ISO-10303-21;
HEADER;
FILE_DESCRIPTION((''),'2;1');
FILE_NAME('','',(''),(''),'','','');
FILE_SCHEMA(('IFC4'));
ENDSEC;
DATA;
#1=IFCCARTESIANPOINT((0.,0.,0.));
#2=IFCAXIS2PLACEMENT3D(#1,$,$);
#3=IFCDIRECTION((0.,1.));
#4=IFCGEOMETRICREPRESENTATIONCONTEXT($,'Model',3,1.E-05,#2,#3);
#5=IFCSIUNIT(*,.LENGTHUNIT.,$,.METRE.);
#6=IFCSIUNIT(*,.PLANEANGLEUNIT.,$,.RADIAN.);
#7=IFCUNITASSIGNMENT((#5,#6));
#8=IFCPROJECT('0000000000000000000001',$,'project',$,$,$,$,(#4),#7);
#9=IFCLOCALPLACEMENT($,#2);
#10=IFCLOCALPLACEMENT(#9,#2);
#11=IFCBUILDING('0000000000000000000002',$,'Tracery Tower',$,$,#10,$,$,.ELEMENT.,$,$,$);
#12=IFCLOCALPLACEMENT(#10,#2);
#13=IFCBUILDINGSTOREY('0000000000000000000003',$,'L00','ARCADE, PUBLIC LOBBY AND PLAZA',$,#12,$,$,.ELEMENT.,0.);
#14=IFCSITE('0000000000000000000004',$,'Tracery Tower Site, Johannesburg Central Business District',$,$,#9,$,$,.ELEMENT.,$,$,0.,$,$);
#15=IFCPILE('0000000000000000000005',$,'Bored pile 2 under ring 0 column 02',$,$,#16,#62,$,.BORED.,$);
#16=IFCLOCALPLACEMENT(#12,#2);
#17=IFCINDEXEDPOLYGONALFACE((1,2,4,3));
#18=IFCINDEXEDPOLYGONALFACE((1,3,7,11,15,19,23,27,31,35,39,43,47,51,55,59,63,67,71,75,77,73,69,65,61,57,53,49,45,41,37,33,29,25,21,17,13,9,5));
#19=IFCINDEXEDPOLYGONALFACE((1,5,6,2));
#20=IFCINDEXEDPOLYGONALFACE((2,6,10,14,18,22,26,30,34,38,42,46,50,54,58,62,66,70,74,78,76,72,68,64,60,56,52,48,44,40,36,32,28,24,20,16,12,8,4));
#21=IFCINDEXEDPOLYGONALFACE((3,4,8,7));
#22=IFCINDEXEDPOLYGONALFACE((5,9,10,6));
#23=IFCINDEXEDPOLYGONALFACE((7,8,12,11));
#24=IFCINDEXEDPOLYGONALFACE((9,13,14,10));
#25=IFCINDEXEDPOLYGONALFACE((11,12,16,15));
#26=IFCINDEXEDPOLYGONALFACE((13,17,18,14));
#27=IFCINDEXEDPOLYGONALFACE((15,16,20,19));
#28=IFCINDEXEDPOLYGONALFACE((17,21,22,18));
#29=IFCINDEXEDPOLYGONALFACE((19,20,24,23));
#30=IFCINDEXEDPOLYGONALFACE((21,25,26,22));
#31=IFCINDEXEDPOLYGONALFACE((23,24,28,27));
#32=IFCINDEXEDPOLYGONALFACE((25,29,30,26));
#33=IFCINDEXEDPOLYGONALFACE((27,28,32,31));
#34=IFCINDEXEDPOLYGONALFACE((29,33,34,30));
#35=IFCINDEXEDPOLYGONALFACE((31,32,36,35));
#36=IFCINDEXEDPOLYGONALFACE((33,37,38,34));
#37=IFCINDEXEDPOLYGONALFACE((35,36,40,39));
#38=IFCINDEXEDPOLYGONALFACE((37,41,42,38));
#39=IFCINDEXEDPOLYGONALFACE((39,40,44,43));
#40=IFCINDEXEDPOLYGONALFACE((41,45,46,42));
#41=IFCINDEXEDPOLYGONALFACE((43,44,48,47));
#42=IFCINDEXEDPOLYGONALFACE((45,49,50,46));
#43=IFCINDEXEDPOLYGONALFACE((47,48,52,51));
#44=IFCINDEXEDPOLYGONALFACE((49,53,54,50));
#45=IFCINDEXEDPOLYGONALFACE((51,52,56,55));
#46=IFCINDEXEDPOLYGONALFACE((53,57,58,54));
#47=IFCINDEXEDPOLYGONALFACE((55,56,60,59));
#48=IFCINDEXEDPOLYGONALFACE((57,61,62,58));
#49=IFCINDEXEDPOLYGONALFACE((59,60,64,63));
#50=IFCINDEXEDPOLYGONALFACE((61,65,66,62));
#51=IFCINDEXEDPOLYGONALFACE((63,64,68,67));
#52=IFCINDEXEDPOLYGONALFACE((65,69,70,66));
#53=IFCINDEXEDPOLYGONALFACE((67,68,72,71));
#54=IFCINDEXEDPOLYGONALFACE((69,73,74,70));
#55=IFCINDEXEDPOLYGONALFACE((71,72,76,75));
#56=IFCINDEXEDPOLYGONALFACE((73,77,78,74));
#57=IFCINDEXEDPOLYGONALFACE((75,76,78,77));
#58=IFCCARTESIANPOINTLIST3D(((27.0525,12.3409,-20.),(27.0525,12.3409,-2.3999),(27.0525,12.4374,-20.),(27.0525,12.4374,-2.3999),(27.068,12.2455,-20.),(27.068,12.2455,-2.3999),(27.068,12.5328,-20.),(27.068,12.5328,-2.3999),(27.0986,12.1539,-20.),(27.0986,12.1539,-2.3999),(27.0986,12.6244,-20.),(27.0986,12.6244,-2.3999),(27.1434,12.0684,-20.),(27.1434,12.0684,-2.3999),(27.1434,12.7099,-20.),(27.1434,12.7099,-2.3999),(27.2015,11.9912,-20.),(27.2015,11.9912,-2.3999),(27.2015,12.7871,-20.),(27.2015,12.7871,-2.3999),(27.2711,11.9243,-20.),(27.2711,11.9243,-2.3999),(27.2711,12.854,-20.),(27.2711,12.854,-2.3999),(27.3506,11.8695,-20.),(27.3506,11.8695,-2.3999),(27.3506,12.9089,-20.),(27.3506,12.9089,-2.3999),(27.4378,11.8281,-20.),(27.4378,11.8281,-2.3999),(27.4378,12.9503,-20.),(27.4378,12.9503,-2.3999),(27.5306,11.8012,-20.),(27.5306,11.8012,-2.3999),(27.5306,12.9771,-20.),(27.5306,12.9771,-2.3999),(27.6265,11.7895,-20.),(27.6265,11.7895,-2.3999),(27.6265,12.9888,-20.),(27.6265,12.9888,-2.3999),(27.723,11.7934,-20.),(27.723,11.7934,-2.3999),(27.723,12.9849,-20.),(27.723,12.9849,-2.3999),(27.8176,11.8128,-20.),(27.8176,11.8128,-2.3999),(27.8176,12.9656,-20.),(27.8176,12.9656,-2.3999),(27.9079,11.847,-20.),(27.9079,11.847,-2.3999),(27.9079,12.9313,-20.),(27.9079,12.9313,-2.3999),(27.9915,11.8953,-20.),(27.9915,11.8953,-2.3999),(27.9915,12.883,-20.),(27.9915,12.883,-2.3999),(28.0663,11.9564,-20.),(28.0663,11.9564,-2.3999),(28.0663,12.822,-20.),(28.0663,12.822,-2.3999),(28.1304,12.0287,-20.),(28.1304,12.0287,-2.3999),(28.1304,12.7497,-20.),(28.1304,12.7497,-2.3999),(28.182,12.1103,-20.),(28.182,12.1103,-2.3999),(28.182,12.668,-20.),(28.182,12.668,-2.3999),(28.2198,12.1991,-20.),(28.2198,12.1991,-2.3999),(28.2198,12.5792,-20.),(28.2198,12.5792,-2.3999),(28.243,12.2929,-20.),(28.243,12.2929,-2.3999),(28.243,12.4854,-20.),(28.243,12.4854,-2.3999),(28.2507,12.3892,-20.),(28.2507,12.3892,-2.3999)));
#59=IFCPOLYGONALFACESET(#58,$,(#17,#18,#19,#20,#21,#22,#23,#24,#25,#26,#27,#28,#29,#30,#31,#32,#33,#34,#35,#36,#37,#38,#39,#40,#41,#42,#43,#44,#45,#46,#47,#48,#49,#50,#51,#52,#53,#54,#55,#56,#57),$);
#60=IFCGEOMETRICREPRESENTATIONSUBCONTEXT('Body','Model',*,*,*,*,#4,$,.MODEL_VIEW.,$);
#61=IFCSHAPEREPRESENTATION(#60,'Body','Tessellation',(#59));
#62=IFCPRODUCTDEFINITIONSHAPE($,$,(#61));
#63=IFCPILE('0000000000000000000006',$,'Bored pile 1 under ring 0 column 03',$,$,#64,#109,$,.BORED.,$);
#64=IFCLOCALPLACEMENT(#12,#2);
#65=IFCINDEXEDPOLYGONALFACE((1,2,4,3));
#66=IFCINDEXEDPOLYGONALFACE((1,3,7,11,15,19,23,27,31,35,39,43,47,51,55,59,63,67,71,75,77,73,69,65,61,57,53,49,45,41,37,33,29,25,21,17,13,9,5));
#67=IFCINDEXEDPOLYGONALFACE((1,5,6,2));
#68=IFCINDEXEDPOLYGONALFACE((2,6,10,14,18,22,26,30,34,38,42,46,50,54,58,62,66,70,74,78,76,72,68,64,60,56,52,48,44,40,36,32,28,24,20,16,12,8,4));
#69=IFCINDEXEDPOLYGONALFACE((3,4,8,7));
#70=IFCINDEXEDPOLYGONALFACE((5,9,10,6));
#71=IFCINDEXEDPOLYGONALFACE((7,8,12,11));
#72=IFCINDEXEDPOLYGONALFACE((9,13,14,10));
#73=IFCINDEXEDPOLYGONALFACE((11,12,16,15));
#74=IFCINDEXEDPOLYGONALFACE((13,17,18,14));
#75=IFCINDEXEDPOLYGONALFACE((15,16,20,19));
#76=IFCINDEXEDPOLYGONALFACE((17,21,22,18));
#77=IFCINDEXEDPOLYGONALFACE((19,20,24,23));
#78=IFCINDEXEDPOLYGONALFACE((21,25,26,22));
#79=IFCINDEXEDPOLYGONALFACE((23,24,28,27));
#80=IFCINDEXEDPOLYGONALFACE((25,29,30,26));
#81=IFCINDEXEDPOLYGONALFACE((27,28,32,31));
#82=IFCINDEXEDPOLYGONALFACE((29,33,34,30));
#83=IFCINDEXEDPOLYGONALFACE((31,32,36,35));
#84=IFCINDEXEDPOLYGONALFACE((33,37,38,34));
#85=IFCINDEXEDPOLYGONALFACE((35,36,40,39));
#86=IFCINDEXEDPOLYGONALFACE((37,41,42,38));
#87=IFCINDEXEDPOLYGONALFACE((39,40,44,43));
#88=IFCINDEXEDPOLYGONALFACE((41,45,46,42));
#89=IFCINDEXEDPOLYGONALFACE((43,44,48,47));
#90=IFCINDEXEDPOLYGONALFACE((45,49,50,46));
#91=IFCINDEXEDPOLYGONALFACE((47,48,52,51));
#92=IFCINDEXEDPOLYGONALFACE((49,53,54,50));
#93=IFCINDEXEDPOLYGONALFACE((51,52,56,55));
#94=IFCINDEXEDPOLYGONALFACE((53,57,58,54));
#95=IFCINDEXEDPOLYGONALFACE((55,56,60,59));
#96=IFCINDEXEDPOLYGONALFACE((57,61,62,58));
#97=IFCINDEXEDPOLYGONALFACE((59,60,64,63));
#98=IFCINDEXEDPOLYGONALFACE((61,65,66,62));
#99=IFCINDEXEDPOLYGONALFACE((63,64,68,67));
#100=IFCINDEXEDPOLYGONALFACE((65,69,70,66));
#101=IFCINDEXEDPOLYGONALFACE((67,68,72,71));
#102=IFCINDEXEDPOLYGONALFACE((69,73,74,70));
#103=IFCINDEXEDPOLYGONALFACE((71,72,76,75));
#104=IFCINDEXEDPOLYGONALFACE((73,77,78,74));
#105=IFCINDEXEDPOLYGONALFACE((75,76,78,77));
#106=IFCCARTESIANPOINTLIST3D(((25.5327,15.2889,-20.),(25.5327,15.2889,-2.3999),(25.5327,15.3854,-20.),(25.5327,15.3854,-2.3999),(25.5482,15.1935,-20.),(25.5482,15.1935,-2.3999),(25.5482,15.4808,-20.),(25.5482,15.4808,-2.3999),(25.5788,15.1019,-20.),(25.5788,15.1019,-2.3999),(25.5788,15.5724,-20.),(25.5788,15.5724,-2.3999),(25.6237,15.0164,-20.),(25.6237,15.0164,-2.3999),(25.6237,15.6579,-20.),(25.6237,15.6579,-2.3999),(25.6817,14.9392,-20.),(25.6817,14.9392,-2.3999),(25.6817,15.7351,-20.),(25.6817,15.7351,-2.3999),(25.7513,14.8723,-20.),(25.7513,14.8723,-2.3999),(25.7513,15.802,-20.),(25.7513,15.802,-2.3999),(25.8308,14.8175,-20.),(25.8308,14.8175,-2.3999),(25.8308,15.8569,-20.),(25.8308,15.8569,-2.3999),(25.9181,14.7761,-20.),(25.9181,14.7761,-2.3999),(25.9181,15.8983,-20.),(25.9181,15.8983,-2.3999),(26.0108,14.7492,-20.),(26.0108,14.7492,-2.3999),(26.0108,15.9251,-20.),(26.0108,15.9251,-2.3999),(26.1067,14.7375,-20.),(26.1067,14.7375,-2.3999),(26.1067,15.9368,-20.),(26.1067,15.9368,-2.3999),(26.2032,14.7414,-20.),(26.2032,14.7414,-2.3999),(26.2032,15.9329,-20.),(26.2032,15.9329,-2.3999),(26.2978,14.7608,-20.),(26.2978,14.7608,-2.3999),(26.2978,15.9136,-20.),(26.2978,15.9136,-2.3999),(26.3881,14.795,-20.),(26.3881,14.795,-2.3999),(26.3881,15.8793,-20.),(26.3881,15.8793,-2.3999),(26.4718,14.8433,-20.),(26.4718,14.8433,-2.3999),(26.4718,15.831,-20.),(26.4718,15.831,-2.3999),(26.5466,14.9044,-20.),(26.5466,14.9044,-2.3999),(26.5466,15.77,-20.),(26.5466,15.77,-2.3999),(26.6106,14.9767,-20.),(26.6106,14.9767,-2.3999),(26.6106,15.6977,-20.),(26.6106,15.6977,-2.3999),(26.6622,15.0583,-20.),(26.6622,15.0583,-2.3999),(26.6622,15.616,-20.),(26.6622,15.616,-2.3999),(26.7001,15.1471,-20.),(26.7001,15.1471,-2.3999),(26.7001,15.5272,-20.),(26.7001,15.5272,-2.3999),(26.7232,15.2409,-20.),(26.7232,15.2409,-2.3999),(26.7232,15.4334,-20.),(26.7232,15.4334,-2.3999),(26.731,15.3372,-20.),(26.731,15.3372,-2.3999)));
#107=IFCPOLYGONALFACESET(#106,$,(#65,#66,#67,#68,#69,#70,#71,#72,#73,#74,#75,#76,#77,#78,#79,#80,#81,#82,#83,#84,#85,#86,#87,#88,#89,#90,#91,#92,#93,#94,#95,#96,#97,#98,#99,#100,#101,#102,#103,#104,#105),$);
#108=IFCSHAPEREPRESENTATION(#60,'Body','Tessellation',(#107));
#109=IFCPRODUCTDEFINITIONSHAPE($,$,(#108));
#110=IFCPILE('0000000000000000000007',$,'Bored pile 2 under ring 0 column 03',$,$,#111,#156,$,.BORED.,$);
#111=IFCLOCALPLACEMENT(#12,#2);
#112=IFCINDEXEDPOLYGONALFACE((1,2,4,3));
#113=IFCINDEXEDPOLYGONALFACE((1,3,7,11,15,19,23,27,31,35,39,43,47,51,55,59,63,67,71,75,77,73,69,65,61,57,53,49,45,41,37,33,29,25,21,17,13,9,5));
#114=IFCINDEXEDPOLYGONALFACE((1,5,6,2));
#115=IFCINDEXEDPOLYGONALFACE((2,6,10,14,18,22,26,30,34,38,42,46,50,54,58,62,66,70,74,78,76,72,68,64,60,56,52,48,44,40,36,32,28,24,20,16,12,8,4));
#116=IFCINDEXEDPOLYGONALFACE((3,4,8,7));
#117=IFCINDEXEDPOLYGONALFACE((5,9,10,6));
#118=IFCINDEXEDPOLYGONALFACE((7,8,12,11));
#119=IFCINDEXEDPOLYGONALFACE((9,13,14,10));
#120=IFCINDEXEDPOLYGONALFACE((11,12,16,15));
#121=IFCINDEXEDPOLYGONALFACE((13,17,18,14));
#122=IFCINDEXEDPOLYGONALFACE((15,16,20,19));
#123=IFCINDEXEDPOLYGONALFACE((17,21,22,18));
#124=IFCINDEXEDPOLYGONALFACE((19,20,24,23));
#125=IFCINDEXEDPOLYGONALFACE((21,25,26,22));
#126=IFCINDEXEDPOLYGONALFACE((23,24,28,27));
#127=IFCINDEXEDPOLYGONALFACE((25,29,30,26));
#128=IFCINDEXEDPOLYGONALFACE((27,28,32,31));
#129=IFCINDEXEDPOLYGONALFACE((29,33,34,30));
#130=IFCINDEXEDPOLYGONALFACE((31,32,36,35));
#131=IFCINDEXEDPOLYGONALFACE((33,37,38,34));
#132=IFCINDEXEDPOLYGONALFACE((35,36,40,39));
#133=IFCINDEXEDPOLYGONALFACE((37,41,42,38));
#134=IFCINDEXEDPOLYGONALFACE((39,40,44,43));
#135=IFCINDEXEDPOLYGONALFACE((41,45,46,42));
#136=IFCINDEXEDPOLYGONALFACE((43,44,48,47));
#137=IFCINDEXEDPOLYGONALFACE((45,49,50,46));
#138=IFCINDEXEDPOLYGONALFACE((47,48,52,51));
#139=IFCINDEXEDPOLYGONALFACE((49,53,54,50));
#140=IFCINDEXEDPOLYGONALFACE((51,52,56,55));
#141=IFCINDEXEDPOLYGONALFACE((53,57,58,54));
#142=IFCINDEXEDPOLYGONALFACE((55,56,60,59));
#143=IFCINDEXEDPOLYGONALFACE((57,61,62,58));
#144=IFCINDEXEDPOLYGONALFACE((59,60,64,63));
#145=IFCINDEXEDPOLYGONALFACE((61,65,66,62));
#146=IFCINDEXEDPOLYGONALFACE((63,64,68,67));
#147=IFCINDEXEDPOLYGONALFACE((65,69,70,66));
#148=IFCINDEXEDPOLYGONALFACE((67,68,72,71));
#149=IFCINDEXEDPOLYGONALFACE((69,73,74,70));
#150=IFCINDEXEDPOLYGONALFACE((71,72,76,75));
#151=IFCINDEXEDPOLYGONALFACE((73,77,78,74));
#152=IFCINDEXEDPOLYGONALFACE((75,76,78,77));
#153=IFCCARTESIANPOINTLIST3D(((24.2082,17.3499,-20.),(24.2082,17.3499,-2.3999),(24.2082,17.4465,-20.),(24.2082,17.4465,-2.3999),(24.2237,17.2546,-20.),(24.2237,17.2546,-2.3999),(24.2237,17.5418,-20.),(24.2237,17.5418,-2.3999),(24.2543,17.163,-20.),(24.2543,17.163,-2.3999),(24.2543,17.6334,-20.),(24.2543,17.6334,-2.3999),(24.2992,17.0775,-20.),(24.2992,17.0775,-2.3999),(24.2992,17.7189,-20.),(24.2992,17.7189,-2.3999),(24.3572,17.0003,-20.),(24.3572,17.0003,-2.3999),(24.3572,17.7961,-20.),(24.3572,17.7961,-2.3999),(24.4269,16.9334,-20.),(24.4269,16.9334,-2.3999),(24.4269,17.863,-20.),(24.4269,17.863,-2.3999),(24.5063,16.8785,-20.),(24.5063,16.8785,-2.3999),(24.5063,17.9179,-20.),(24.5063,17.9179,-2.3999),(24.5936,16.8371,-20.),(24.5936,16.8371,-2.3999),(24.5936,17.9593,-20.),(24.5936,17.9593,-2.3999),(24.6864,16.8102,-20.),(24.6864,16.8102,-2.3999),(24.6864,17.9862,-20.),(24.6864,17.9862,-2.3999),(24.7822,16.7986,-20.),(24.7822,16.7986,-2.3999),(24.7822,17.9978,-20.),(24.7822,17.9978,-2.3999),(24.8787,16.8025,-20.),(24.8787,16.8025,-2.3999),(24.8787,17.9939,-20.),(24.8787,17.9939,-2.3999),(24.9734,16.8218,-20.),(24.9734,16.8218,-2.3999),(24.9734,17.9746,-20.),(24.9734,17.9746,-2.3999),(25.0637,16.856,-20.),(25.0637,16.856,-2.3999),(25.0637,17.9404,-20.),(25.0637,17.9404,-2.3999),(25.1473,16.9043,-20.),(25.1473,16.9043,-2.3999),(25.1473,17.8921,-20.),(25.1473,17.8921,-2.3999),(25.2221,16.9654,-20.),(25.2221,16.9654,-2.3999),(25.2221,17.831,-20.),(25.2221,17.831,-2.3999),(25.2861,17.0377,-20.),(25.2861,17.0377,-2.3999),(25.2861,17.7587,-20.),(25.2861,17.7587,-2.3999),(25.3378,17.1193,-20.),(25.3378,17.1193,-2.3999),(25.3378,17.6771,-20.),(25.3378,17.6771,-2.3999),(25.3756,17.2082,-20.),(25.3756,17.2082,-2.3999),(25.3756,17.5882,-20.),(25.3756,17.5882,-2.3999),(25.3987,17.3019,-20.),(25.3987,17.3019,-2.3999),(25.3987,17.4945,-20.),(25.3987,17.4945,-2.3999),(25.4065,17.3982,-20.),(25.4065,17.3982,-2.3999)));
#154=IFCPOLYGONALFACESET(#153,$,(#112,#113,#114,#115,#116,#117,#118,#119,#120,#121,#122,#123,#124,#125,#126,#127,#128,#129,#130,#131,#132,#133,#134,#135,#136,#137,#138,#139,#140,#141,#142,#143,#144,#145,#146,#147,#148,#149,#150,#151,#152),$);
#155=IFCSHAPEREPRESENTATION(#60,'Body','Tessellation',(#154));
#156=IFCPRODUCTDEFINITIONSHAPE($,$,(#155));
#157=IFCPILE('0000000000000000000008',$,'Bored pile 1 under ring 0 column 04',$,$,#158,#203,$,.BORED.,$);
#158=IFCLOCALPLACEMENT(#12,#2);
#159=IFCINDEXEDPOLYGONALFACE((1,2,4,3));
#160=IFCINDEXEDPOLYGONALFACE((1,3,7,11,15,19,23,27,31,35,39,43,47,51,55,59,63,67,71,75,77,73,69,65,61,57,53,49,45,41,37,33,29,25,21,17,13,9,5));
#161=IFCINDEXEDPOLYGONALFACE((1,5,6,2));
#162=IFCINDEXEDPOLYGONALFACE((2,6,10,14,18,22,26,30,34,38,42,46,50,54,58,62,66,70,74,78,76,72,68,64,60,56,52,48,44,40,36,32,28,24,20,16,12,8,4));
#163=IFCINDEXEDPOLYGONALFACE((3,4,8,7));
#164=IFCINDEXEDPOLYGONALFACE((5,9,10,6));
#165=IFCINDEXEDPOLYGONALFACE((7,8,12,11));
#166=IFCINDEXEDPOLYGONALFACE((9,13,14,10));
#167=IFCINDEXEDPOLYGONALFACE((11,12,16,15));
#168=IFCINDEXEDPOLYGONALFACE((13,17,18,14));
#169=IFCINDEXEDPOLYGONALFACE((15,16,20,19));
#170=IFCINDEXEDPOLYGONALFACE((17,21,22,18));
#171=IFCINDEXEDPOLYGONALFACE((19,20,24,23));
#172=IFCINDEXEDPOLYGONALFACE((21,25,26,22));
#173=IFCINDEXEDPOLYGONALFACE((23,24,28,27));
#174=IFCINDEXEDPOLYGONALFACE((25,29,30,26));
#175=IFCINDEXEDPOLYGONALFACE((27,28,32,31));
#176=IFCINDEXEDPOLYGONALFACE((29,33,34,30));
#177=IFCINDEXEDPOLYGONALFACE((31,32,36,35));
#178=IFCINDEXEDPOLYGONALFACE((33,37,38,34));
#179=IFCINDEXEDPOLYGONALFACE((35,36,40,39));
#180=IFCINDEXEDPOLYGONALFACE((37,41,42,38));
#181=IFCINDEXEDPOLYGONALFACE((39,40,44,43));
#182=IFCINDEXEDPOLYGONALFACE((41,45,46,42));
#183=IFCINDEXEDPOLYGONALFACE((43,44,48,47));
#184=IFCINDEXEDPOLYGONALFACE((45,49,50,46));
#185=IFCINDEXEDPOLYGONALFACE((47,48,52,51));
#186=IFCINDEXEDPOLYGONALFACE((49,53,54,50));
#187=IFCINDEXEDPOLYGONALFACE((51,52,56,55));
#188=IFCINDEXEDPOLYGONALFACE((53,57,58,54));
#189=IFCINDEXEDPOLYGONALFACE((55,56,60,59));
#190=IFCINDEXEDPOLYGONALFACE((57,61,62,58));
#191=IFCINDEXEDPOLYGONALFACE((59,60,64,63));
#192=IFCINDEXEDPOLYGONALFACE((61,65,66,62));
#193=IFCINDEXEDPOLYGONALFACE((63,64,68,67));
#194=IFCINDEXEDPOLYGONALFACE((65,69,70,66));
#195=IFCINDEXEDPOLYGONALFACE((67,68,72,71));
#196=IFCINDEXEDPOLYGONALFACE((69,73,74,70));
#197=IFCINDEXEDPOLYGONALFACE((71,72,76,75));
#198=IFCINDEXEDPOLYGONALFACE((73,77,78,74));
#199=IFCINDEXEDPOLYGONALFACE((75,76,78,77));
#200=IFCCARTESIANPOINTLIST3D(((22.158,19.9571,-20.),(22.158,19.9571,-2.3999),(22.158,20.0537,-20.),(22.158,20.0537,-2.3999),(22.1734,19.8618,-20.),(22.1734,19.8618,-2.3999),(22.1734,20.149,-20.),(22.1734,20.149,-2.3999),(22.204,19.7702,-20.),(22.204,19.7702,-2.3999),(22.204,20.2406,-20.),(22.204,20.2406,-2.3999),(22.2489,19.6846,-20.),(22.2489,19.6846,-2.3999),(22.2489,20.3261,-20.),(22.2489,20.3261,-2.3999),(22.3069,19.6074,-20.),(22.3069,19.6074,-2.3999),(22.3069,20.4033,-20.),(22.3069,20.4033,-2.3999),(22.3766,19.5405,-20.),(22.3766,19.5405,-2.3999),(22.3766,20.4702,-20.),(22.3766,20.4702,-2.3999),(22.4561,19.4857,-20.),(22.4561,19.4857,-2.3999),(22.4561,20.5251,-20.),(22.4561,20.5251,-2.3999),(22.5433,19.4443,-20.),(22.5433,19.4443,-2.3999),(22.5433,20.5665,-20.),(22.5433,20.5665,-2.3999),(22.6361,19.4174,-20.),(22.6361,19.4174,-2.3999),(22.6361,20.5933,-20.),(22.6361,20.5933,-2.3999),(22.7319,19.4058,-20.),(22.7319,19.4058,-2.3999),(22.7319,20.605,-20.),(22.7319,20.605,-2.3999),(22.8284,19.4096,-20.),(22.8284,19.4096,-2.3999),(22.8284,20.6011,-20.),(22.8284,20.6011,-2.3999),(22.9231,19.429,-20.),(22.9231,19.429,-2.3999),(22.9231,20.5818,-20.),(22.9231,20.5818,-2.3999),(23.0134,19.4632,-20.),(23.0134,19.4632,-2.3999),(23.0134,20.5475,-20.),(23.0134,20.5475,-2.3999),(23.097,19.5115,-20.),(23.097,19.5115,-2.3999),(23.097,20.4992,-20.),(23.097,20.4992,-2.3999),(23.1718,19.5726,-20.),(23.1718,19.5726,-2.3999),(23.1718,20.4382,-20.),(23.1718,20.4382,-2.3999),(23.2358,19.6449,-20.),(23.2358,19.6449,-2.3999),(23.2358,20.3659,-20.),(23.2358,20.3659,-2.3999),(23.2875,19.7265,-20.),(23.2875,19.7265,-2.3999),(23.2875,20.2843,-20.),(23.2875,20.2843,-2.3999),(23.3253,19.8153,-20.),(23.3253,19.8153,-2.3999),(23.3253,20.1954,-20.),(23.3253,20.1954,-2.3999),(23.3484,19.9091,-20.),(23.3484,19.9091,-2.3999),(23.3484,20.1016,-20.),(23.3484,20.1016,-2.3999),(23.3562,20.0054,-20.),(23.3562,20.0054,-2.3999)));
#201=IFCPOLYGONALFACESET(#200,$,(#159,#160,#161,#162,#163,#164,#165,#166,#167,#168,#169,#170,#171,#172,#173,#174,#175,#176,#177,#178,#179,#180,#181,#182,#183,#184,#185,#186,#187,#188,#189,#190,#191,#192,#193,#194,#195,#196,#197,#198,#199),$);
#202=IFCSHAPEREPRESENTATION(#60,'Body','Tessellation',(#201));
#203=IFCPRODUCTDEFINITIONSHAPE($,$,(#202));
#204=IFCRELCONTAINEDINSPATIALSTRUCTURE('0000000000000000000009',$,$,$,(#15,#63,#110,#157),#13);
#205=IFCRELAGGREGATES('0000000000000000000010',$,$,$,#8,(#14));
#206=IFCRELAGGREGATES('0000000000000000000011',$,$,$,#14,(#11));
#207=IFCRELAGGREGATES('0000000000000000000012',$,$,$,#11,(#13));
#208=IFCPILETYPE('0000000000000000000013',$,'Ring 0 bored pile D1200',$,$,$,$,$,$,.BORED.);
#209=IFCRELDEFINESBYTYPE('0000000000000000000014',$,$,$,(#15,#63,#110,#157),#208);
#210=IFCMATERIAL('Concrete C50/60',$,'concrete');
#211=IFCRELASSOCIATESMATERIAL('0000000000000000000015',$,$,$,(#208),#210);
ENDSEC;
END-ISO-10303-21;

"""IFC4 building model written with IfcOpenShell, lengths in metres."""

from ifc_helpers import new_model, si_unit, direction, frame, origin, origin_2d, place, context, subcontext, project, spatial, circle, extrude, material, material_profile, profile_set, type_object, element, save


model = new_model("IFC4")

# Units and contexts
model_context = context("Model", 3, precision=1e-05, world=origin(), true_north=direction((0.0, 1.0)))
body_context = subcontext(model_context, "Body", "Model", "MODEL_VIEW")
ifc_project = project(units=[si_unit("LENGTHUNIT", "METRE"), si_unit("PLANEANGLEUNIT", "RADIAN")], contexts=[model_context])

# Site, building, storey
site_placement = place(None, origin())
site = spatial("IfcSite", under=ifc_project, at=site_placement, Name="Tracery Tower Site, Johannesburg Central Business District", CompositionType="ELEMENT", RefElevation=0.0)
building_placement = place(site_placement, origin())
building = spatial("IfcBuilding", under=site, at=building_placement, Name="Tracery Tower", CompositionType="ELEMENT")
storey_placement = place(building_placement, origin())
storey = spatial("IfcBuildingStorey", under=building, at=storey_placement, Name="L00", Description="ARCADE, PUBLIC LOBBY AND PLAZA", CompositionType="ELEMENT", Elevation=0.0)

# Piles
ifc_material_1 = material(Name="Concrete C50/60", Category="concrete")
ifc_material_profile_1 = material_profile(ifc_material_1, circle(Radius=0.6001, at=origin_2d()), Name="RC D1200")
ifc_profile_set_1 = profile_set([ifc_material_profile_1], Name="Concrete C50/60")
pile_type_1 = type_object("IfcPileType", Name="Ring 0 bored pile D1200", PredefinedType="BORED", material=ifc_profile_set_1)
for number, where, z_axis, x_axis, name in (
    (1, (27.6506, 12.3892, -2.3999), (0.0, 0.0, -1.0), (1.0, 0.0, 0.0), "Bored pile 2 under ring 0 column 02"),
    (2, (26.1309, 15.3372, -2.3999), (0.0, 0.0, -1.0), (1.0, 0.0, 0.0), "Bored pile 1 under ring 0 column 03"),
    (3, (24.8064, 17.3982, -2.3999), (0.0, 0.0, -1.0), (1.0, 0.0, 0.0), "Bored pile 2 under ring 0 column 03"),
    (4, (22.7561, 20.0054, -2.3999), (0.0, 0.0, -1.0), (1.0, 0.0, 0.0), "Bored pile 1 under ring 0 column 04"),
):
    element("IfcPile", number, at=place(storey_placement, frame(where, z_axis=z_axis, x_axis=x_axis)), inside=storey, type_object=pile_type_1, Name=name, PredefinedType="BORED", context=body_context, shape_type="SweptSolid", body=[
        extrude(circle(Radius=0.6001, at=origin_2d()), origin(), (0.0, 0.0, 1.0), 17.6001),
    ])

save(model, "model.ifc")
